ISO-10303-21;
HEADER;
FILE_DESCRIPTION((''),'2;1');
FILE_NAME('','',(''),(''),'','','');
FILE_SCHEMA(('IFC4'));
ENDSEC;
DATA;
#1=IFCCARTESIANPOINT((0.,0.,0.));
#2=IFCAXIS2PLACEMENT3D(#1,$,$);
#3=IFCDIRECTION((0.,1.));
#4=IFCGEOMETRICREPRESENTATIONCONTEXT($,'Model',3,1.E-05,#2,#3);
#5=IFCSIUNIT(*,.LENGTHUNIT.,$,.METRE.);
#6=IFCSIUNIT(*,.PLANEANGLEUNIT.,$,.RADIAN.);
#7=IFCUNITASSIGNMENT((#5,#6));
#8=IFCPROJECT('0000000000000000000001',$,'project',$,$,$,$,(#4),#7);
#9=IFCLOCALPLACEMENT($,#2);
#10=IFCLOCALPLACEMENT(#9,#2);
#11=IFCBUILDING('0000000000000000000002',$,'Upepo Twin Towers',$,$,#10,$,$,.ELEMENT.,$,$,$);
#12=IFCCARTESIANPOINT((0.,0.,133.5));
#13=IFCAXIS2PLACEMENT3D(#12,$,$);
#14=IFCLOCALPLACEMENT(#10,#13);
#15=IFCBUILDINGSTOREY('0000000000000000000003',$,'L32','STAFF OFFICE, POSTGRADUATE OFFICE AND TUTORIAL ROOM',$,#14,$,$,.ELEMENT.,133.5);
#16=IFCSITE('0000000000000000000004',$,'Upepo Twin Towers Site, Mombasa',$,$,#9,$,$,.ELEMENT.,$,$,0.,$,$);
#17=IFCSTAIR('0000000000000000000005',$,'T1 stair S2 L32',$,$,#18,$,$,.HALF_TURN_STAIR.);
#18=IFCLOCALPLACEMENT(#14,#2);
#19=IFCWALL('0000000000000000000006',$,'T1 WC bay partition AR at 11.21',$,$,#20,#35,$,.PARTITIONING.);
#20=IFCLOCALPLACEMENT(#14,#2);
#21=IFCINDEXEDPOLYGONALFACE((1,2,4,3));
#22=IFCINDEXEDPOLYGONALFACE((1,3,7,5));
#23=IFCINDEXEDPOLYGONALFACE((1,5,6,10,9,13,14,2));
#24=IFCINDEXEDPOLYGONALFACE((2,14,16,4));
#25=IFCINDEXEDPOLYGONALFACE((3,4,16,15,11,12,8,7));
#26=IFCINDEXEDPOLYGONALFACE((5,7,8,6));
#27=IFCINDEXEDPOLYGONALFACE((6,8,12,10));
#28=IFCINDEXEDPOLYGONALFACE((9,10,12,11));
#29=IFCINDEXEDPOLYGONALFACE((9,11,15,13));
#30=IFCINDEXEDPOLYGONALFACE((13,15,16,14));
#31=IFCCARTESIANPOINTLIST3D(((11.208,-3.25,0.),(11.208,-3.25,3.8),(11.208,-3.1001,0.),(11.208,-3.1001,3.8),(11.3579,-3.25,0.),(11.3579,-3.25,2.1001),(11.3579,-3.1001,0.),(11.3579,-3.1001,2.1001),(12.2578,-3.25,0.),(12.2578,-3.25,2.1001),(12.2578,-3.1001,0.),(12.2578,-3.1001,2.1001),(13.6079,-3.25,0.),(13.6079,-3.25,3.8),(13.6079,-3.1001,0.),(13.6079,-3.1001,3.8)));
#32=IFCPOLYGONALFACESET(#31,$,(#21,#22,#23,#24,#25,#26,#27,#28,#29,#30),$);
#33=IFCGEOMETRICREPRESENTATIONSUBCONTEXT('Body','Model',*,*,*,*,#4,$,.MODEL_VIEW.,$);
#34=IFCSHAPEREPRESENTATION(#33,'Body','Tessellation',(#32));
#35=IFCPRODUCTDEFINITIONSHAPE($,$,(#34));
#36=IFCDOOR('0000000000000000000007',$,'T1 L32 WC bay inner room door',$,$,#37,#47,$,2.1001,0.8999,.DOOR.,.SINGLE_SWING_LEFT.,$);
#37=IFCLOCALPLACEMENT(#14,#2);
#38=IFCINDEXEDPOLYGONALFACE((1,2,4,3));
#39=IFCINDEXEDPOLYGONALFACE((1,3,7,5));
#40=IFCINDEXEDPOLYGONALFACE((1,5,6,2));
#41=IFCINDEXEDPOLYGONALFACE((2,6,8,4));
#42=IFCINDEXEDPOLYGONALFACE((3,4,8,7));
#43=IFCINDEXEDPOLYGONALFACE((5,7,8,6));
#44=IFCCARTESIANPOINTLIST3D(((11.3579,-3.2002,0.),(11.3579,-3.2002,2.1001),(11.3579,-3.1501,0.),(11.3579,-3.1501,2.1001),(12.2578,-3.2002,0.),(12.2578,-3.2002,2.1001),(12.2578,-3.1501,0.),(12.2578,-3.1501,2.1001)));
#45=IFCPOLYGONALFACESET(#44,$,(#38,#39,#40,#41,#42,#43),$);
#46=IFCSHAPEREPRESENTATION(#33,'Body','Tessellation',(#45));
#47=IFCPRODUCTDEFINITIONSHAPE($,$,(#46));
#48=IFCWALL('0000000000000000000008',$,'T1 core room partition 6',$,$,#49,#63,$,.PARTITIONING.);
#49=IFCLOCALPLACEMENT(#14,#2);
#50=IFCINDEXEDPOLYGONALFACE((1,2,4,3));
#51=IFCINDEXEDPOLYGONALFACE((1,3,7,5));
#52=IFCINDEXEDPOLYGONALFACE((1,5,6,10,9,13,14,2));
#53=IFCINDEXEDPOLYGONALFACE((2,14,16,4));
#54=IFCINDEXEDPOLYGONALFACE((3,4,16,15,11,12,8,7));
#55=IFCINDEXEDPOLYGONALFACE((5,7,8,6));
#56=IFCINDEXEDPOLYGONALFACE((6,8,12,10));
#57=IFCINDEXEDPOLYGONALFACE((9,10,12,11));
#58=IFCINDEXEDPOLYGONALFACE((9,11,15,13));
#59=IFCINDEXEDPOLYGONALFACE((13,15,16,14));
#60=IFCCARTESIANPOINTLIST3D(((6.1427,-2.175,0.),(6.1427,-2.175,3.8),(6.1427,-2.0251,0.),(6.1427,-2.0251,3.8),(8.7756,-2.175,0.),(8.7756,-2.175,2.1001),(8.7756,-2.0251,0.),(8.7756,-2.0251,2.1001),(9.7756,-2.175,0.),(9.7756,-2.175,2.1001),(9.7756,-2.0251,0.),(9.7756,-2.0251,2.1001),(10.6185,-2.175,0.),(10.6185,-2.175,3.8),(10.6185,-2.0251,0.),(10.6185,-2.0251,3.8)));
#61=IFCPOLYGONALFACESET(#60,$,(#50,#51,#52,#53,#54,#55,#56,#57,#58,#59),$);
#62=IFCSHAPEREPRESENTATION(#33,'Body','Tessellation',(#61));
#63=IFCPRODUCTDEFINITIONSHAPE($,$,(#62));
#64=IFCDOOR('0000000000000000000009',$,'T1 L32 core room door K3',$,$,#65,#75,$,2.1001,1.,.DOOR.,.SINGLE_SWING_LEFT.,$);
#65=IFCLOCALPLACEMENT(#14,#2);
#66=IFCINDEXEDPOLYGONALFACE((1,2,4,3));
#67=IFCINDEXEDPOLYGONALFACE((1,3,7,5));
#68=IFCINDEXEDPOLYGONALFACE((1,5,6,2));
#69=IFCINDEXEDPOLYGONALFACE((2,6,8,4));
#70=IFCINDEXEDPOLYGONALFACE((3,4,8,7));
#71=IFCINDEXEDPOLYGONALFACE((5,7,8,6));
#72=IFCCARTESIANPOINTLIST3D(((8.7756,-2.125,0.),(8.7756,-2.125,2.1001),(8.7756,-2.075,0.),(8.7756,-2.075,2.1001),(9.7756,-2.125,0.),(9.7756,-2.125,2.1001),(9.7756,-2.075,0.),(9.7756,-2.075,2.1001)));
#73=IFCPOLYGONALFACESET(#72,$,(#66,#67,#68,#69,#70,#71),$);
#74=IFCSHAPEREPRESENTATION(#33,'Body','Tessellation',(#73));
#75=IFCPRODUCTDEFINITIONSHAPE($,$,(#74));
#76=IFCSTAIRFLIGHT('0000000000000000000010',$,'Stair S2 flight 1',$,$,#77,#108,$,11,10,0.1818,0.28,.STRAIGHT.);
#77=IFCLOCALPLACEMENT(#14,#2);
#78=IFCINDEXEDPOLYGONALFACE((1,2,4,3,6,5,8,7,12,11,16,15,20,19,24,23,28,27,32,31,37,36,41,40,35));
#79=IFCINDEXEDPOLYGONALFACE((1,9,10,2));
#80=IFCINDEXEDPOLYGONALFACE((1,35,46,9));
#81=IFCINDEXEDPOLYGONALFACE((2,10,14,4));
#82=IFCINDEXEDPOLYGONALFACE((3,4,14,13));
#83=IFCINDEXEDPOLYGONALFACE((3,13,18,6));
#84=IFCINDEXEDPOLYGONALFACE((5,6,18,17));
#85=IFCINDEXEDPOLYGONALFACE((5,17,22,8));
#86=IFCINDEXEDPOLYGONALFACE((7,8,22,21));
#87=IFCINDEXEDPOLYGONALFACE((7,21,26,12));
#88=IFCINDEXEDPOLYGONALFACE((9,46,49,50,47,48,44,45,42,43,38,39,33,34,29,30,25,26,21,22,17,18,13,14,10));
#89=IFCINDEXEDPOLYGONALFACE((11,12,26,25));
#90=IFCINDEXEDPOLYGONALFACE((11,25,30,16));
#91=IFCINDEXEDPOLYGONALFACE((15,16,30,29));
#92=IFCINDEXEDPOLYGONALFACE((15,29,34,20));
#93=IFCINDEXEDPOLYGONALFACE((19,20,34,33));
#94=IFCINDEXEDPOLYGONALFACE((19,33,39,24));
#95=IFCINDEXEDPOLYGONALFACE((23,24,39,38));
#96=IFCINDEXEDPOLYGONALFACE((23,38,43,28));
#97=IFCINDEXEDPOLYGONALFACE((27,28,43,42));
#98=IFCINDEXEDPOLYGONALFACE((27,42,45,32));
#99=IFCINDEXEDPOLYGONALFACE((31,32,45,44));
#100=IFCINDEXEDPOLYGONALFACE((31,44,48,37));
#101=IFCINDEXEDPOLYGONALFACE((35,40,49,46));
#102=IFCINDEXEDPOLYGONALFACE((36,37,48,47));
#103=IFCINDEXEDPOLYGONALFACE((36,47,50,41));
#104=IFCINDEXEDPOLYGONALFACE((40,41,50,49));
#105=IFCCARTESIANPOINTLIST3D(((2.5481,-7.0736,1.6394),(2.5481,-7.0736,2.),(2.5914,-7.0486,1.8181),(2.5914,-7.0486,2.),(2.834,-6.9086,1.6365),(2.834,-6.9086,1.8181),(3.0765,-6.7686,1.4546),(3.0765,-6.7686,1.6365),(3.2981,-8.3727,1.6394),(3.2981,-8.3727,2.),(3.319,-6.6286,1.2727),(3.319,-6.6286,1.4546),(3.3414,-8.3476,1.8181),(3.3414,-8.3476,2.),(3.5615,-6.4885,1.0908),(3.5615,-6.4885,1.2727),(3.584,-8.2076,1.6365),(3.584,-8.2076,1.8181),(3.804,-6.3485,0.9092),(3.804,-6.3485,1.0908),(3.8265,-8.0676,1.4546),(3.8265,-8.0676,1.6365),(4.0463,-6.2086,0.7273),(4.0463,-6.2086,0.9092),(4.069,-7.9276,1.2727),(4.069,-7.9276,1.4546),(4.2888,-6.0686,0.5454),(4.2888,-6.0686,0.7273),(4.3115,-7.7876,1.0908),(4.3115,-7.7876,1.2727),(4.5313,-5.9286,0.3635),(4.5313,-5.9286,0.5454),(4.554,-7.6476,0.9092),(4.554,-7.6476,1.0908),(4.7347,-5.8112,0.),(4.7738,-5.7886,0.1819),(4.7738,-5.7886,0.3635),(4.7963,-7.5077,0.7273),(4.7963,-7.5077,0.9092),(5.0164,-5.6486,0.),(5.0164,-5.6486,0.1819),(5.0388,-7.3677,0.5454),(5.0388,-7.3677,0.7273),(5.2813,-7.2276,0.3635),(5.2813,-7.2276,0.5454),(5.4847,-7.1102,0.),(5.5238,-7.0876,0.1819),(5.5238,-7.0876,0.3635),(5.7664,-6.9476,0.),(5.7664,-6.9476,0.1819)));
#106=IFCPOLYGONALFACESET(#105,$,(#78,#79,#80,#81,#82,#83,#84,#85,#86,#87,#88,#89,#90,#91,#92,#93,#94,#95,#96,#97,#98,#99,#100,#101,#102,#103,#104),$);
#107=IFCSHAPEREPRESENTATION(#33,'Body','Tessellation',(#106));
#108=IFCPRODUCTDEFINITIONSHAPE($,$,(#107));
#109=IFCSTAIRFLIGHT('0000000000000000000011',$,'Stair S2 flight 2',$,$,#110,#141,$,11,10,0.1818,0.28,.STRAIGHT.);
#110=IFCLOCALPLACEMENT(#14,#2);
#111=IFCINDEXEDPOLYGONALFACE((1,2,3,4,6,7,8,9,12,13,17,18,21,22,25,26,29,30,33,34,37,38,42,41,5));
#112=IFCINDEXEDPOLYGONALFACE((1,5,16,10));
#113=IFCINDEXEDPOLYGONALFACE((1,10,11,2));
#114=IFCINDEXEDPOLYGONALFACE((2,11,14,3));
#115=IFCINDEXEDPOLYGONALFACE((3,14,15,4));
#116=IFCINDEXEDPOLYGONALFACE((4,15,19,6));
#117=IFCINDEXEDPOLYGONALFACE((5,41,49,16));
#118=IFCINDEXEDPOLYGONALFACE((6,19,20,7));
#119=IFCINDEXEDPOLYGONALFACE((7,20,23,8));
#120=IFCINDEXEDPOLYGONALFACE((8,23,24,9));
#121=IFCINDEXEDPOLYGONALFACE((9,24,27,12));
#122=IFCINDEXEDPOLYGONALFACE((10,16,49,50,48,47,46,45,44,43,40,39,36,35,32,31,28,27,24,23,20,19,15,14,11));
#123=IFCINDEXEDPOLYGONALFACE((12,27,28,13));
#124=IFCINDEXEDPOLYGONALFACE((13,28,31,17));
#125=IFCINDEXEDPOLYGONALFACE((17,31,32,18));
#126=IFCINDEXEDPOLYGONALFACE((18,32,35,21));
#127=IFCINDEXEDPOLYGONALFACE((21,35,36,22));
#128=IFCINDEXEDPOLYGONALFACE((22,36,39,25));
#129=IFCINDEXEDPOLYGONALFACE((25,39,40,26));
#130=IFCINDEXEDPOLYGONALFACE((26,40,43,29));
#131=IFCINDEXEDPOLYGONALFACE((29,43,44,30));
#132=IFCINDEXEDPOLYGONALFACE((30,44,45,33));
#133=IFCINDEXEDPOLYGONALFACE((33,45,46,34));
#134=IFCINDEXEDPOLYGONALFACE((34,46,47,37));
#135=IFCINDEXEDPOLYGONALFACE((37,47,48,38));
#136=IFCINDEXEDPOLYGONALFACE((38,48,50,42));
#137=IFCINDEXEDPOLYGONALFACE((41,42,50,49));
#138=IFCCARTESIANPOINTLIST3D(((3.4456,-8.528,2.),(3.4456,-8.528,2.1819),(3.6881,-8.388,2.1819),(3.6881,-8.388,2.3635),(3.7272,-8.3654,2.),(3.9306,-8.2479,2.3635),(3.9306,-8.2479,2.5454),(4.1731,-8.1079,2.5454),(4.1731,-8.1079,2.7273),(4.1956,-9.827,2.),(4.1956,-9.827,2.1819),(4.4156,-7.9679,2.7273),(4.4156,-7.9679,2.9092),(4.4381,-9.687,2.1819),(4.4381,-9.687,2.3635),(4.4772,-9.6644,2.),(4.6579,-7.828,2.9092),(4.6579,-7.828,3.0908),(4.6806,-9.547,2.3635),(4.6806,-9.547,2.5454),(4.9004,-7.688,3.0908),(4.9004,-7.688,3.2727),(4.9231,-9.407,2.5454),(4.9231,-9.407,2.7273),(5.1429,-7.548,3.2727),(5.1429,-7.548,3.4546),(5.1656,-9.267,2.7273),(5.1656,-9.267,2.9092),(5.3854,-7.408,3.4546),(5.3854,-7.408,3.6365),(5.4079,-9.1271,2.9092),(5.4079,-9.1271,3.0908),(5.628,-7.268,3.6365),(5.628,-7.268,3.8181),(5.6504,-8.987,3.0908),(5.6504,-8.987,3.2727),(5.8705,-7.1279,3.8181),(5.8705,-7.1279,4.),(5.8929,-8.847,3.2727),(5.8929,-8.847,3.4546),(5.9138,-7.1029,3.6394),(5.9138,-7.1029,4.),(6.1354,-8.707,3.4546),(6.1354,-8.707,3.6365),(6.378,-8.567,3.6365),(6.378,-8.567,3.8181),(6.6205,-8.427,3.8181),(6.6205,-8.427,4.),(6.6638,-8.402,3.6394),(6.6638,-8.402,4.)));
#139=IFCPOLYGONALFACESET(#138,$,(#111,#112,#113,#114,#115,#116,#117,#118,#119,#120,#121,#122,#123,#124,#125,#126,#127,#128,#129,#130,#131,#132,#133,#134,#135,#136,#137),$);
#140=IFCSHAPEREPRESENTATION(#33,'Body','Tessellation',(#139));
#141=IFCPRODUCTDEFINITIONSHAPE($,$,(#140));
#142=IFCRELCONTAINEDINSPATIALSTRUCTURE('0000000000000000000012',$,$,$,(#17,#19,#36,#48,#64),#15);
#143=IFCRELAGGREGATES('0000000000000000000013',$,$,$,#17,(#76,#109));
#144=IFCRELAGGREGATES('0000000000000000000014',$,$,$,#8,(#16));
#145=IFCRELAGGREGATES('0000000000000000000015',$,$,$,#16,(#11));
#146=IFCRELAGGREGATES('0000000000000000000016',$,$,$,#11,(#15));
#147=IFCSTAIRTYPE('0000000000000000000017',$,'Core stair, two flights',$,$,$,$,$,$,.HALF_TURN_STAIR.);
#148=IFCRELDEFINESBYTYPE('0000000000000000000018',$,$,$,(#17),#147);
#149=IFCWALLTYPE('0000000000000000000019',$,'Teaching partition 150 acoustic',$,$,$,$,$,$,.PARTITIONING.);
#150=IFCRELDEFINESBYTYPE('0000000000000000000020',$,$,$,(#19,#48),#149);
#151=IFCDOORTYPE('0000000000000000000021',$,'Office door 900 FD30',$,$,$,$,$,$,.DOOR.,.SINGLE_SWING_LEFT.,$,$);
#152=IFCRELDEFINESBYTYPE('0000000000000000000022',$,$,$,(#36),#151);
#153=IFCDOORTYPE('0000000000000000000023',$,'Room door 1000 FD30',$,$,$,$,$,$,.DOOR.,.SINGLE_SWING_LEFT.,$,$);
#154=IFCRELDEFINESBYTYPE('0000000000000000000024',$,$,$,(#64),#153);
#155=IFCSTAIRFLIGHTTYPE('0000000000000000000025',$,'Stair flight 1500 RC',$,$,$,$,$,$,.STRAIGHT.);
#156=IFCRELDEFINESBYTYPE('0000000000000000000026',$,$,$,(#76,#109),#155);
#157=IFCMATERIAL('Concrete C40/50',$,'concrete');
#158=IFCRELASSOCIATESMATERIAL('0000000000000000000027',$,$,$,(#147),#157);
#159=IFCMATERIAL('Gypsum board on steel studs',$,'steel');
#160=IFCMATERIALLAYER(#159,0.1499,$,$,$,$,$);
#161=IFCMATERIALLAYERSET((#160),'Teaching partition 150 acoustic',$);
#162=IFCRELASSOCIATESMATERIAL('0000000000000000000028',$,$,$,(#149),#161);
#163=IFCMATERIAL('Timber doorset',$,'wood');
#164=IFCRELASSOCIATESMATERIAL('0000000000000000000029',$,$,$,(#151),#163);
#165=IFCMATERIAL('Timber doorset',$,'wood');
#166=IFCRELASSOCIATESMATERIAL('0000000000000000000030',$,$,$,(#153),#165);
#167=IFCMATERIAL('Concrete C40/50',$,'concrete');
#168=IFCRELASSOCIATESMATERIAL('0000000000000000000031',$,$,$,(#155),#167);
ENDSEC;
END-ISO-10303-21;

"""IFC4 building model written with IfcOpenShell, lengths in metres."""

from ifc_helpers import new_model, si_unit, direction, frame, frame_2d, origin, place, context, subcontext, project, spatial, polyline, rectangle, outline, extrude, material, layer, layer_set, type_object, element, fill, aggregate, save


model = new_model("IFC4")

# Units and contexts
model_context = context("Model", 3, precision=1e-05, world=origin(), true_north=direction((0.0, 1.0)))
body_context = subcontext(model_context, "Body", "Model", "MODEL_VIEW")
ifc_project = project(units=[si_unit("LENGTHUNIT", "METRE"), si_unit("PLANEANGLEUNIT", "RADIAN")], contexts=[model_context])

# Site, building, storey
site_placement = place(None, origin())
site = spatial("IfcSite", under=ifc_project, at=site_placement, Name="Upepo Twin Towers Site, Mombasa", CompositionType="ELEMENT", RefElevation=0.0)
building_placement = place(site_placement, origin())
building = spatial("IfcBuilding", under=site, at=building_placement, Name="Upepo Twin Towers", CompositionType="ELEMENT")
storey_placement = place(building_placement, frame((0.0, 0.0, 133.5)))
storey = spatial("IfcBuildingStorey", under=building, at=storey_placement, Name="L32", Description="STAFF OFFICE, POSTGRADUATE OFFICE AND TUTORIAL ROOM", CompositionType="ELEMENT", Elevation=133.5)

# Stair
ifc_material_1 = material(Name="Concrete C40/50", Category="concrete")
stair_type = type_object("IfcStairType", Name="Core stair, two flights", PredefinedType="HALF_TURN_STAIR", material=ifc_material_1)
stair_1_placement = place(storey_placement, origin())
stair_1 = element("IfcStair", 1, at=stair_1_placement, inside=storey, type_object=stair_type, Name="T1 stair S2 L32", PredefinedType="HALF_TURN_STAIR")

# Walls, openings, doors
ifc_material_2 = material(Name="Gypsum board on steel studs", Category="steel")
ifc_layer_1 = layer(ifc_material_2, 0.1499)
ifc_layer_set_1 = layer_set([ifc_layer_1], Name="Teaching partition 150 acoustic")
wall_type_1 = type_object("IfcWallType", Name="Teaching partition 150 acoustic", PredefinedType="PARTITIONING", material=ifc_layer_set_1)
wall_1_placement = place(storey_placement, frame((11.208, -3.175, 0.0), z_axis=(0.0, 0.0, 1.0), x_axis=(1.0, 0.0, 0.0)))
wall_1 = element("IfcWall", 2, at=wall_1_placement, inside=storey, type_object=wall_type_1, Name="T1 WC bay partition AR at 11.21", PredefinedType="PARTITIONING", context=body_context, shape_type="SweptSolid", body=[
    extrude(rectangle(XDim=2.3999, YDim=0.1499, at=frame_2d((1.2, 0.0))), origin(), (0.0, 0.0, 1.0), 3.8),
])
opening_1_placement = place(wall_1_placement, frame((0.1499, 0.0, 0.0)))
opening_1 = element("IfcOpeningElement", 3, at=opening_1_placement, cuts=wall_1, PredefinedType="OPENING", context=body_context, shape_type="SweptSolid", body=[
    extrude(rectangle(XDim=0.8999, YDim=2.1001, at=frame_2d((0.45, 1.05))), frame((0.0, 0.085, 0.0), z_axis=(0.0, -1.0, 0.0), x_axis=(1.0, 0.0, 0.0)), (0.0, 0.0, 1.0), 0.1699),
])
ifc_material_3 = material(Name="Timber doorset", Category="wood")
door_type_1 = type_object("IfcDoorType", Name="Office door 900 FD30", OperationType="SINGLE_SWING_LEFT", PredefinedType="DOOR", material=ifc_material_3)
door_1_placement = place(opening_1_placement, origin())
door_1 = element("IfcDoor", 4, at=door_1_placement, inside=storey, type_object=door_type_1, Name="T1 L32 WC bay inner room door", OperationType="SINGLE_SWING_LEFT", OverallHeight=2.1001, OverallWidth=0.8999, PredefinedType="DOOR", context=body_context, shape_type="SweptSolid", body=[
    extrude(rectangle(XDim=0.8999, YDim=2.1001, at=frame_2d((0.45, 1.05))), frame((0.0, 0.0249, 0.0), z_axis=(0.0, -1.0, 0.0), x_axis=(1.0, 0.0, 0.0)), (0.0, 0.0, 1.0), 0.05),
])
fill(opening_1, door_1)
wall_2_placement = place(storey_placement, frame((10.6184, -2.1001, 0.0), z_axis=(0.0, 0.0, 1.0), x_axis=(-1.0, 0.0, 0.0)))
wall_2 = element("IfcWall", 5, at=wall_2_placement, inside=storey, type_object=wall_type_1, Name="T1 core room partition 6", PredefinedType="PARTITIONING", context=body_context, shape_type="SweptSolid", body=[
    extrude(rectangle(XDim=4.4758, YDim=0.1499, at=frame_2d((2.2378, 0.0))), origin(), (0.0, 0.0, 1.0), 3.8),
])
opening_2_placement = place(wall_2_placement, frame((0.8428, 0.0, 0.0)))
opening_2 = element("IfcOpeningElement", 6, at=opening_2_placement, cuts=wall_2, PredefinedType="OPENING", context=body_context, shape_type="SweptSolid", body=[
    extrude(rectangle(XDim=1.0, YDim=2.1001, at=frame_2d((0.5, 1.05))), frame((0.0, 0.085, 0.0), z_axis=(0.0, -1.0, 0.0), x_axis=(1.0, 0.0, 0.0)), (0.0, 0.0, 1.0), 0.1699),
])
ifc_material_4 = material(Name="Timber doorset", Category="wood")
door_type_2 = type_object("IfcDoorType", Name="Room door 1000 FD30", OperationType="SINGLE_SWING_LEFT", PredefinedType="DOOR", material=ifc_material_4)
door_2_placement = place(opening_2_placement, origin())
door_2 = element("IfcDoor", 7, at=door_2_placement, inside=storey, type_object=door_type_2, Name="T1 L32 core room door K3", OperationType="SINGLE_SWING_LEFT", OverallHeight=2.1001, OverallWidth=1.0, PredefinedType="DOOR", context=body_context, shape_type="SweptSolid", body=[
    extrude(rectangle(XDim=1.0, YDim=2.1001, at=frame_2d((0.5, 1.05))), frame((0.0, 0.0249, 0.0), z_axis=(0.0, -1.0, 0.0), x_axis=(1.0, 0.0, 0.0)), (0.0, 0.0, 1.0), 0.05),
])
fill(opening_2, door_2)

# Stair flights
ifc_material_5 = material(Name="Concrete C40/50", Category="concrete")
stair_flight_type = type_object("IfcStairFlightType", Name="Stair flight 1500 RC", PredefinedType="STRAIGHT", material=ifc_material_5)
stair_flight_1_placement = place(storey_placement, frame((5.3914, -6.2981, 0.0), z_axis=(0.0, 0.0, 1.0), x_axis=(-0.866025, -0.5, 0.0)))
stair_flight_1 = element("IfcStairFlight", 8, at=stair_flight_1_placement, type_object=stair_flight_type, Name="Stair S2 flight 1", NumberOfRisers=11, NumberOfTreads=10, PredefinedType="STRAIGHT", RiserHeight=0.1818, TreadLength=0.28, context=body_context, shape_type="SweptSolid", body=[
    extrude(outline(polyline([(0.0, 0.0), (0.0, 0.1819), (0.28, 0.1819), (0.28, 0.3635), (0.5601, 0.3635), (0.5601, 0.5454), (0.8401, 0.5454), (0.8401, 0.7273), (1.1201, 0.7273), (1.1201, 0.9092), (1.3999, 0.9092), (1.3999, 1.0908), (1.6799, 1.0908), (1.6799, 1.2727), (1.96, 1.2727), (1.96, 1.4546), (2.24, 1.4546), (2.24, 1.6365), (2.52, 1.6365), (2.52, 1.8181), (2.8, 1.8181), (2.8, 2.0), (2.8501, 2.0), (2.8501, 1.6394), (0.3252, 0.0), (0.0, 0.0)])), frame((0.0, 0.75, 0.0), z_axis=(0.0, -1.0, 0.0), x_axis=(1.0, 0.0, 0.0)), (0.0, 0.0, 1.0), 1.5),
])
stair_flight_2_placement = place(storey_placement, frame((3.8206, -9.1775, 2.0), z_axis=(0.0, 0.0, 1.0), x_axis=(0.866025, 0.5, 0.0)))
stair_flight_2 = element("IfcStairFlight", 9, at=stair_flight_2_placement, type_object=stair_flight_type, Name="Stair S2 flight 2", NumberOfRisers=11, NumberOfTreads=10, PredefinedType="STRAIGHT", RiserHeight=0.1818, TreadLength=0.28, context=body_context, shape_type="SweptSolid", body=[
    extrude(outline(polyline([(0.0, 0.0), (0.0, 0.1819), (0.28, 0.1819), (0.28, 0.3635), (0.5601, 0.3635), (0.5601, 0.5454), (0.8401, 0.5454), (0.8401, 0.7273), (1.1201, 0.7273), (1.1201, 0.9092), (1.3999, 0.9092), (1.3999, 1.0908), (1.6799, 1.0908), (1.6799, 1.2727), (1.96, 1.2727), (1.96, 1.4546), (2.24, 1.4546), (2.24, 1.6365), (2.52, 1.6365), (2.52, 1.8181), (2.8, 1.8181), (2.8, 2.0), (2.8501, 2.0), (2.8501, 1.6394), (0.3252, 0.0), (0.0, 0.0)])), frame((0.0, 0.75, 0.0), z_axis=(0.0, -1.0, 0.0), x_axis=(1.0, 0.0, 0.0)), (0.0, 0.0, 1.0), 1.5),
])
aggregate(stair_1, [stair_flight_1, stair_flight_2])

save(model, "model.ifc")
